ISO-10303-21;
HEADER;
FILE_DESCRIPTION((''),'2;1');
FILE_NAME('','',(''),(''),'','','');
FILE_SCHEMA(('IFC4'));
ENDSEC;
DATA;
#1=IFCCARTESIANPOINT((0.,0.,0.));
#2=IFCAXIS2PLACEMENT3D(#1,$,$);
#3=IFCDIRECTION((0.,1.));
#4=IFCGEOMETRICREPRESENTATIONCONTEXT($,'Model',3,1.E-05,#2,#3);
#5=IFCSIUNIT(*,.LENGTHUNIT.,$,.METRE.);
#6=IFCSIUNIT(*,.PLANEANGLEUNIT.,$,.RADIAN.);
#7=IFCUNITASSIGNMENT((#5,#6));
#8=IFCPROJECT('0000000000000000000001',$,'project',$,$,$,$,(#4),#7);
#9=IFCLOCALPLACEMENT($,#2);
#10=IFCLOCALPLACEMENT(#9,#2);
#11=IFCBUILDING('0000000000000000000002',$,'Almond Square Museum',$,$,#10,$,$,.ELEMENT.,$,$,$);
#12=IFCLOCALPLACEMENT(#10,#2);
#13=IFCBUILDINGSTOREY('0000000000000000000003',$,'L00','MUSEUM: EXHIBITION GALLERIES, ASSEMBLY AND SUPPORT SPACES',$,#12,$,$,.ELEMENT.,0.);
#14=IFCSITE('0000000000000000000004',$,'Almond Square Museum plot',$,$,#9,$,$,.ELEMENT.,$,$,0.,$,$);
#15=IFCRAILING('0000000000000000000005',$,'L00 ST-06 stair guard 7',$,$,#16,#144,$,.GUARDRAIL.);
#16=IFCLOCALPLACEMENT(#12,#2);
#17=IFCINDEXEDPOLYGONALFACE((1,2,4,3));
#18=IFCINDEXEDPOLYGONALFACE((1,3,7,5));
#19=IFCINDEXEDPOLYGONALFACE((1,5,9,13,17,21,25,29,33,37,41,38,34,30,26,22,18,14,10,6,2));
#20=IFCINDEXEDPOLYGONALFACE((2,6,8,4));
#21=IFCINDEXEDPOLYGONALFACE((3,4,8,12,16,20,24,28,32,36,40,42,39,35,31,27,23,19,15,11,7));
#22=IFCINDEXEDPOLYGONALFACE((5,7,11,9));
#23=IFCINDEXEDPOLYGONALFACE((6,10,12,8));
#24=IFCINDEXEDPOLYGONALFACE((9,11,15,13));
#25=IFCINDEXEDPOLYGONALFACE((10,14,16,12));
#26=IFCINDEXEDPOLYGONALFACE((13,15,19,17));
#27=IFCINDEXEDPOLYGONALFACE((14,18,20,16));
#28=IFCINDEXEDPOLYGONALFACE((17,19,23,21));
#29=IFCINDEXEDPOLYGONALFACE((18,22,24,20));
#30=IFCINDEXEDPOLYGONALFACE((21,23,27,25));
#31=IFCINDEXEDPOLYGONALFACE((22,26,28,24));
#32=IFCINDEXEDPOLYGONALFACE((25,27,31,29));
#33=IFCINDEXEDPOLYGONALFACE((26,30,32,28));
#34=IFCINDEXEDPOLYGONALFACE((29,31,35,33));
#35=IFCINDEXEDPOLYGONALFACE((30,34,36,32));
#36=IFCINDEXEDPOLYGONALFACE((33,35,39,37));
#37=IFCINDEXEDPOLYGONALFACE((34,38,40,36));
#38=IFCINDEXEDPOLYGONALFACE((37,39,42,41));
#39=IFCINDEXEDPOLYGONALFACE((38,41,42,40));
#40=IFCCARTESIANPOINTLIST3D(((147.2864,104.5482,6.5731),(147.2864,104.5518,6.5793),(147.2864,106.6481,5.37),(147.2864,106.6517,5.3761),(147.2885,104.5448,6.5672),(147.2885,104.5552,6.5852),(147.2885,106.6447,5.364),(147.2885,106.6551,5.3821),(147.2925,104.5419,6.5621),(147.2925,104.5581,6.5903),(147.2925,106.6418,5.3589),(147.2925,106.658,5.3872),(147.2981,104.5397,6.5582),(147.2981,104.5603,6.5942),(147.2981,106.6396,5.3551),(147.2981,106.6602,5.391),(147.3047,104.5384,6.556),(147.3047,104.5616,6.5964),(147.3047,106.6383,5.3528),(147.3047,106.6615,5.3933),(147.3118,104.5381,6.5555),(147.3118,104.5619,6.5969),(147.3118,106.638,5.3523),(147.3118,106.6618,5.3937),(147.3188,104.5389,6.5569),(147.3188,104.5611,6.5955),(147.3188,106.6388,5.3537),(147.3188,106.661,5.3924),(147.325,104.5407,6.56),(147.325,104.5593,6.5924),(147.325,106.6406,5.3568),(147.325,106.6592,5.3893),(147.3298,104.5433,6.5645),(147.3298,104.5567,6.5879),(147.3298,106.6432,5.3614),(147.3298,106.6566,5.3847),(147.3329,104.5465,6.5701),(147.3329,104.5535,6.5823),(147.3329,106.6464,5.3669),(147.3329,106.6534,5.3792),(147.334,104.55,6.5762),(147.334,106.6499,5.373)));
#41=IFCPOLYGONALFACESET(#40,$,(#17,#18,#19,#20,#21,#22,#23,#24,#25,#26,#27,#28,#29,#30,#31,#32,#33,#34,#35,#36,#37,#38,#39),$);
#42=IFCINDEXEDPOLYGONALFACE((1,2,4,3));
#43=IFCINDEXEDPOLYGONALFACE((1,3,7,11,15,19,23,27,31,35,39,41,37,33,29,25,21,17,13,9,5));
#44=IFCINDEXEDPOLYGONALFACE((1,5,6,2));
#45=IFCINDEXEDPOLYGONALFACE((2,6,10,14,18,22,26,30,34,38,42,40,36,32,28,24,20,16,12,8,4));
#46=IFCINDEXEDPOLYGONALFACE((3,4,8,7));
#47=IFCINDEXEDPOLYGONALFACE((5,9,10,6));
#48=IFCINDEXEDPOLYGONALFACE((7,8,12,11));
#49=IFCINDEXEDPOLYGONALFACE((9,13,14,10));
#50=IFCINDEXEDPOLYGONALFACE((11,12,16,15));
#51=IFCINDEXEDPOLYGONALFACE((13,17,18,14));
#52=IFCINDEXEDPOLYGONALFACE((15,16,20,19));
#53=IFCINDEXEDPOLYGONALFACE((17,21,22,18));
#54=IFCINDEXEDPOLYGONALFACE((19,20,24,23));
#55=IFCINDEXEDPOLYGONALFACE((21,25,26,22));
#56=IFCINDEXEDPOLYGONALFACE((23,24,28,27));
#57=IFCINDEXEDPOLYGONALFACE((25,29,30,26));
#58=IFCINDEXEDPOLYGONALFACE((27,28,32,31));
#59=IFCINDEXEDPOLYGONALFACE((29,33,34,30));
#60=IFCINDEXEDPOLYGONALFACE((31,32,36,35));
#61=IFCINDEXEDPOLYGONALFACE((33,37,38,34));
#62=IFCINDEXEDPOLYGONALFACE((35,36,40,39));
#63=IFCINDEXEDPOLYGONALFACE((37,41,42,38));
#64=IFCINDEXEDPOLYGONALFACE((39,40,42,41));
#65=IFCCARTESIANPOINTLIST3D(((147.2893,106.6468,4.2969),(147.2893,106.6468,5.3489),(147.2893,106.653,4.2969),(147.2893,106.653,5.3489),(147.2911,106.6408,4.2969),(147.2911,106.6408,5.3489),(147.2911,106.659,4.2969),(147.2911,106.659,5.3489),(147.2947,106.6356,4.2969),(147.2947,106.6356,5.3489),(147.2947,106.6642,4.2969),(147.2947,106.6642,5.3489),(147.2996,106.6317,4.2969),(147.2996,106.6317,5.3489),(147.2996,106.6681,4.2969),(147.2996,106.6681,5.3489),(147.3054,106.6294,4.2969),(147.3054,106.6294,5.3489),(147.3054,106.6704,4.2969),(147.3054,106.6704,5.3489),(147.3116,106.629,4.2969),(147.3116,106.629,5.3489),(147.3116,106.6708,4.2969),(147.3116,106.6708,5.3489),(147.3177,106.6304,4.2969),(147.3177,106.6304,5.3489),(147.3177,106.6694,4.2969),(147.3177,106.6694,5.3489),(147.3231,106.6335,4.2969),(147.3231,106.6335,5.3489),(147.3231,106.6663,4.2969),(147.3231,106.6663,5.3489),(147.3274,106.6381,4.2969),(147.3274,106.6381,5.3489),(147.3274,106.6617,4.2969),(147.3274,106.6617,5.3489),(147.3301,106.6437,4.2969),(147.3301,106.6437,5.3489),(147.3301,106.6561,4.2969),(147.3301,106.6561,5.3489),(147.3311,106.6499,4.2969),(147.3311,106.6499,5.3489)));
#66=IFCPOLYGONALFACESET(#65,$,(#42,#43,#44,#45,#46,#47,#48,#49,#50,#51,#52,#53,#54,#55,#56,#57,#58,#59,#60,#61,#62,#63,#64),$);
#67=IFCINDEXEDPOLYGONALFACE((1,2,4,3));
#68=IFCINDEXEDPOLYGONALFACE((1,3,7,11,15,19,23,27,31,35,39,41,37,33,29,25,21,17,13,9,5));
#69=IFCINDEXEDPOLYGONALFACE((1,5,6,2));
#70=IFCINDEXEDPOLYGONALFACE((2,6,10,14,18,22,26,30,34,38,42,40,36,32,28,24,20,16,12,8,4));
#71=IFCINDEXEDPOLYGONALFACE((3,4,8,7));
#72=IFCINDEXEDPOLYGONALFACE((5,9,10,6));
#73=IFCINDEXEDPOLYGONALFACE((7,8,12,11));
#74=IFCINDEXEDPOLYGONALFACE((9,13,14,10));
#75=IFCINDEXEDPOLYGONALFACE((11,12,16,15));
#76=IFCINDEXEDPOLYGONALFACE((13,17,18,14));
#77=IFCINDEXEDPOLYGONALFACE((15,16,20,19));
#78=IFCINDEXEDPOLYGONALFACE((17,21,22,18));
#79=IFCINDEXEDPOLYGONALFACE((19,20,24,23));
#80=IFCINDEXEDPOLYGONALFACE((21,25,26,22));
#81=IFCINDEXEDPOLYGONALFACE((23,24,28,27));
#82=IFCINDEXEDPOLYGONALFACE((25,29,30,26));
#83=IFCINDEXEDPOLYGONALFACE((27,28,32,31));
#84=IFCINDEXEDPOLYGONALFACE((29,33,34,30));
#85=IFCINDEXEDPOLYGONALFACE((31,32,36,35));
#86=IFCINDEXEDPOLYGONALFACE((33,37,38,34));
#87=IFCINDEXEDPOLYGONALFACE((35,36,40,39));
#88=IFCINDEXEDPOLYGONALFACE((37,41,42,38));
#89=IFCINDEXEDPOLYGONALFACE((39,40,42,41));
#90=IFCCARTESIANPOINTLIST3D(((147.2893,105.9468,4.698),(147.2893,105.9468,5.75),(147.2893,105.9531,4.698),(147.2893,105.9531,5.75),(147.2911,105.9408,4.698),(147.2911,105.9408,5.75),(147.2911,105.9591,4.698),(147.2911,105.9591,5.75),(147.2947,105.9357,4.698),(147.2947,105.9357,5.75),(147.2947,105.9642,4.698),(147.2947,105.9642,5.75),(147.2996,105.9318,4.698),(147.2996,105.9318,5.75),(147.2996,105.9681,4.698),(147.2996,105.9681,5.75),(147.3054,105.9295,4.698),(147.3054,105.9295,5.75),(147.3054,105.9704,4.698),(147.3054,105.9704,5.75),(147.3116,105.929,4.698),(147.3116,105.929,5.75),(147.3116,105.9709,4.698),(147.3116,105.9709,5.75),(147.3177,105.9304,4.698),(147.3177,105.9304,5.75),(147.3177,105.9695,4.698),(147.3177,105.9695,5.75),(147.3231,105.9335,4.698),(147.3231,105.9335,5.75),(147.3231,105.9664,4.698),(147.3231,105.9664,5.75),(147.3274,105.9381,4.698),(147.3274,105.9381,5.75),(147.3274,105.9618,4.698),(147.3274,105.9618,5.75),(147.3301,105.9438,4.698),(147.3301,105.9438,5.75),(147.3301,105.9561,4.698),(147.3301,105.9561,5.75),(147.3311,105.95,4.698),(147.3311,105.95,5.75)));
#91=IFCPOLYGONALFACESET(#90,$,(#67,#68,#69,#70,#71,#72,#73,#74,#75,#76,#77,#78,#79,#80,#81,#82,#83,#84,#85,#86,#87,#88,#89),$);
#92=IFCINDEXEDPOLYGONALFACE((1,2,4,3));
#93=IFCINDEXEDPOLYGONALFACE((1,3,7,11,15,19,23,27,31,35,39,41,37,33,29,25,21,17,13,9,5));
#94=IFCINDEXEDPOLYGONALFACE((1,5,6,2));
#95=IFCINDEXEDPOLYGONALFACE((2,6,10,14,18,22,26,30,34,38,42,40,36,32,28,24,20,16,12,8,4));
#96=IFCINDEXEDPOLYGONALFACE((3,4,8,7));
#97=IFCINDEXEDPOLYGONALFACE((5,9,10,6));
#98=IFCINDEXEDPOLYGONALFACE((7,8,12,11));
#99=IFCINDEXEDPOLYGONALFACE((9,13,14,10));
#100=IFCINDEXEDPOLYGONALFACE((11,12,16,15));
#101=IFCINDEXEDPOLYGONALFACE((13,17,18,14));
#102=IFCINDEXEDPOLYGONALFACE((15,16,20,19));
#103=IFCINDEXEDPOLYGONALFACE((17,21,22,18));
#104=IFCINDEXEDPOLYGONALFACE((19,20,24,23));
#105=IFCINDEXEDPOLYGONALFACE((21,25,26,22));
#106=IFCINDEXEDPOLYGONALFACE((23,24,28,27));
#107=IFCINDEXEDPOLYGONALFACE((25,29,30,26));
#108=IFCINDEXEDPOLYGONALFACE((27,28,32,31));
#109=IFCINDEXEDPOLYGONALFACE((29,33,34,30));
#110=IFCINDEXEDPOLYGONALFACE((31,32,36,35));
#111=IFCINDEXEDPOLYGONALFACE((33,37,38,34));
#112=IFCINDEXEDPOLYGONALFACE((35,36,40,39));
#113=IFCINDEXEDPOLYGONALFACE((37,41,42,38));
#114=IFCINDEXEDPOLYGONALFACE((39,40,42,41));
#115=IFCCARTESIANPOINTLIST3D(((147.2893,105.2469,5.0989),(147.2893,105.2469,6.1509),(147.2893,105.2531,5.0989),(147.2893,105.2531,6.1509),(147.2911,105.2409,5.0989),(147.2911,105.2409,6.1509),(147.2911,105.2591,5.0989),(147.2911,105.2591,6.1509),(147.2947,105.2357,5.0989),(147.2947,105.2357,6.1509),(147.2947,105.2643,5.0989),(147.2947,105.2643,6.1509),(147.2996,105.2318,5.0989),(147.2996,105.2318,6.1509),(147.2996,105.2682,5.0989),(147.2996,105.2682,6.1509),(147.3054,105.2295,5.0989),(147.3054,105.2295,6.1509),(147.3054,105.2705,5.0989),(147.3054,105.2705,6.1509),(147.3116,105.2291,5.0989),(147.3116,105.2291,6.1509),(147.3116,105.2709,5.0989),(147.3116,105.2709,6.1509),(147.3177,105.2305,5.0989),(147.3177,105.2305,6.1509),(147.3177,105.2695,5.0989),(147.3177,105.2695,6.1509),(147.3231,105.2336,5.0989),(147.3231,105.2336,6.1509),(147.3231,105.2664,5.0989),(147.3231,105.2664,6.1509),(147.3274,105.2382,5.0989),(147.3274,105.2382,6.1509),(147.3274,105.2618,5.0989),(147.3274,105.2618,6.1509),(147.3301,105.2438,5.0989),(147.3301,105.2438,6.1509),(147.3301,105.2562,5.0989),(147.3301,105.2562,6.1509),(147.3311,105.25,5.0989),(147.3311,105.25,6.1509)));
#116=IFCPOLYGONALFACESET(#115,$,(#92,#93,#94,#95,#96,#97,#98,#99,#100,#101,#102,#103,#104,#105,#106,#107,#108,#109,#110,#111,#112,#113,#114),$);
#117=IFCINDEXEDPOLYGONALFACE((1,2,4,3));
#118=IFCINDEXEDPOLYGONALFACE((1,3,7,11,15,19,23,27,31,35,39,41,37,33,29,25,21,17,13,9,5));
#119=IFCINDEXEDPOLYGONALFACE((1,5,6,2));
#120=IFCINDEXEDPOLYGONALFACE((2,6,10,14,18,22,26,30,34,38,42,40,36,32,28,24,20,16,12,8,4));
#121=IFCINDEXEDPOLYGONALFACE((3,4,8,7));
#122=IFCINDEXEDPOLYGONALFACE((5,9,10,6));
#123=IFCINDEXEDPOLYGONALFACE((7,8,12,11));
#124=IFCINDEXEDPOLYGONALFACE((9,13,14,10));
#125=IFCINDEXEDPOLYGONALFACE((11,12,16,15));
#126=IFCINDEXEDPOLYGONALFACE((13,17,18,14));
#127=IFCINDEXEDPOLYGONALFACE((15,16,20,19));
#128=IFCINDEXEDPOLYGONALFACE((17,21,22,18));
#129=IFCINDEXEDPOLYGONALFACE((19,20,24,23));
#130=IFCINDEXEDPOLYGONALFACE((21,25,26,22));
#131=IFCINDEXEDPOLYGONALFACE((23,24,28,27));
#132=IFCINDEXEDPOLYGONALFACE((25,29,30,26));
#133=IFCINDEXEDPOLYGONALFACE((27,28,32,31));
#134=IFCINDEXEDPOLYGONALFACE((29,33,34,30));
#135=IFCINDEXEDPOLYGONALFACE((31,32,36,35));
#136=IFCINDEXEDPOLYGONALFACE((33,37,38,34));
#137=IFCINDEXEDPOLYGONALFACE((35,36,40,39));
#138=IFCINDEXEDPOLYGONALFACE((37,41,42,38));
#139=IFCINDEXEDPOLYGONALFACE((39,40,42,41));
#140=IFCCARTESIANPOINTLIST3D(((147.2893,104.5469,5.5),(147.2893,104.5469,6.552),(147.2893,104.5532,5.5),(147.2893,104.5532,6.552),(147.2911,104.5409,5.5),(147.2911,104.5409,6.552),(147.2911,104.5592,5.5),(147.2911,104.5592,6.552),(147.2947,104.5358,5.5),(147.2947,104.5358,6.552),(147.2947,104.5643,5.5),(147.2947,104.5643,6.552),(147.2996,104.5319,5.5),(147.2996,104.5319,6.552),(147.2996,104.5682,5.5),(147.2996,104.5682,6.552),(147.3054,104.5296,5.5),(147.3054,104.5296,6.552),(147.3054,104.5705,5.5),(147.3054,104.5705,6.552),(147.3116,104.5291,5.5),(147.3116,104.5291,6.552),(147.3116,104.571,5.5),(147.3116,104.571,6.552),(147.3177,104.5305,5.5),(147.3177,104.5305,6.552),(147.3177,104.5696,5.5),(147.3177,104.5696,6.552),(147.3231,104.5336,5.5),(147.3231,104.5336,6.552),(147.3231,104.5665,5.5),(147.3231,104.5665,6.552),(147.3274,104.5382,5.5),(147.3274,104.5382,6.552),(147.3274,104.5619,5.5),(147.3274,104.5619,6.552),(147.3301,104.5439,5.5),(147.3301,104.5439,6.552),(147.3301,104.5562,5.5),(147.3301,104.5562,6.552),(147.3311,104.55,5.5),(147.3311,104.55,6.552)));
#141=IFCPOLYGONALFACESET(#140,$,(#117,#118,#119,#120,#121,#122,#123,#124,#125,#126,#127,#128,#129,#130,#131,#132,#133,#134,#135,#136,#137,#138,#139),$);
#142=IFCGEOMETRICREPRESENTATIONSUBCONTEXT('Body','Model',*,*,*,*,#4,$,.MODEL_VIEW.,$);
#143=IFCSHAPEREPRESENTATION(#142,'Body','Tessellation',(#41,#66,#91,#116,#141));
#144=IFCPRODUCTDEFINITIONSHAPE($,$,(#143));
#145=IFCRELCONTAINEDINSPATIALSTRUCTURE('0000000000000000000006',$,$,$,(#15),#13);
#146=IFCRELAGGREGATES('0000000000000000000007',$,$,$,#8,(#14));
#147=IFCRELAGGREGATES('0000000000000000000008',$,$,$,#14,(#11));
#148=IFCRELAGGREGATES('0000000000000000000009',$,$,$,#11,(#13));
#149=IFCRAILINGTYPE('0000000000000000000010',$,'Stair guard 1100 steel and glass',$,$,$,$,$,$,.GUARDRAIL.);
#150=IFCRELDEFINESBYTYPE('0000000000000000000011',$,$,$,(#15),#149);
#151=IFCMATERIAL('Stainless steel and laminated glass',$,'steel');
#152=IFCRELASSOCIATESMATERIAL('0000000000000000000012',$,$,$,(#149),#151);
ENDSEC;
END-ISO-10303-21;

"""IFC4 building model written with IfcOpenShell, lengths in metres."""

from ifc_helpers import new_model, si_unit, direction, frame, origin, origin_2d, place, context, subcontext, project, spatial, circle, extrude, material, type_object, element, save


model = new_model("IFC4")

# Units and contexts
model_context = context("Model", 3, precision=1e-05, world=origin(), true_north=direction((0.0, 1.0)))
body_context = subcontext(model_context, "Body", "Model", "MODEL_VIEW")
ifc_project = project(units=[si_unit("LENGTHUNIT", "METRE"), si_unit("PLANEANGLEUNIT", "RADIAN")], contexts=[model_context])

# Site, building, storey
site_placement = place(None, origin())
site = spatial("IfcSite", under=ifc_project, at=site_placement, Name="Almond Square Museum plot", CompositionType="ELEMENT", RefElevation=0.0)
building_placement = place(site_placement, origin())
building = spatial("IfcBuilding", under=site, at=building_placement, Name="Almond Square Museum", CompositionType="ELEMENT")
storey_placement = place(building_placement, origin())
storey = spatial("IfcBuildingStorey", under=building, at=storey_placement, Name="L00", Description="MUSEUM: EXHIBITION GALLERIES, ASSEMBLY AND SUPPORT SPACES", CompositionType="ELEMENT", Elevation=0.0)

# Railing
ifc_material_1 = material(Name="Stainless steel and laminated glass", Category="steel")
railing_type_1 = type_object("IfcRailingType", Name="Stair guard 1100 steel and glass", PredefinedType="GUARDRAIL", material=ifc_material_1)
railing_1_placement = place(storey_placement, frame((147.3101, 106.6499, 4.2969)))
element("IfcRailing", 1, at=railing_1_placement, inside=storey, type_object=railing_type_1, Name="L00 ST-06 stair guard 7", PredefinedType="GUARDRAIL", context=body_context, shape_type="SweptSolid", body=[
    extrude(circle(Radius=0.0239, at=origin_2d()), frame((0.0, 0.0, 1.0762), z_axis=(0.0, -0.867671, 0.497138), x_axis=(1.0, 0.0, 0.0)), (0.0, 0.0, 1.0), 2.4202),
    extrude(circle(Radius=0.021, at=origin_2d()), origin(), (0.0, 0.0, 1.0), 1.052),
    extrude(circle(Radius=0.021, at=origin_2d()), frame((0.0, -0.7, 0.4011)), (0.0, 0.0, 1.0), 1.052),
    extrude(circle(Radius=0.021, at=origin_2d()), frame((0.0, -1.3999, 0.802)), (0.0, 0.0, 1.0), 1.052),
    extrude(circle(Radius=0.021, at=origin_2d()), frame((0.0, -2.0999, 1.2031)), (0.0, 0.0, 1.0), 1.052),
])

save(model, "model.ifc")
